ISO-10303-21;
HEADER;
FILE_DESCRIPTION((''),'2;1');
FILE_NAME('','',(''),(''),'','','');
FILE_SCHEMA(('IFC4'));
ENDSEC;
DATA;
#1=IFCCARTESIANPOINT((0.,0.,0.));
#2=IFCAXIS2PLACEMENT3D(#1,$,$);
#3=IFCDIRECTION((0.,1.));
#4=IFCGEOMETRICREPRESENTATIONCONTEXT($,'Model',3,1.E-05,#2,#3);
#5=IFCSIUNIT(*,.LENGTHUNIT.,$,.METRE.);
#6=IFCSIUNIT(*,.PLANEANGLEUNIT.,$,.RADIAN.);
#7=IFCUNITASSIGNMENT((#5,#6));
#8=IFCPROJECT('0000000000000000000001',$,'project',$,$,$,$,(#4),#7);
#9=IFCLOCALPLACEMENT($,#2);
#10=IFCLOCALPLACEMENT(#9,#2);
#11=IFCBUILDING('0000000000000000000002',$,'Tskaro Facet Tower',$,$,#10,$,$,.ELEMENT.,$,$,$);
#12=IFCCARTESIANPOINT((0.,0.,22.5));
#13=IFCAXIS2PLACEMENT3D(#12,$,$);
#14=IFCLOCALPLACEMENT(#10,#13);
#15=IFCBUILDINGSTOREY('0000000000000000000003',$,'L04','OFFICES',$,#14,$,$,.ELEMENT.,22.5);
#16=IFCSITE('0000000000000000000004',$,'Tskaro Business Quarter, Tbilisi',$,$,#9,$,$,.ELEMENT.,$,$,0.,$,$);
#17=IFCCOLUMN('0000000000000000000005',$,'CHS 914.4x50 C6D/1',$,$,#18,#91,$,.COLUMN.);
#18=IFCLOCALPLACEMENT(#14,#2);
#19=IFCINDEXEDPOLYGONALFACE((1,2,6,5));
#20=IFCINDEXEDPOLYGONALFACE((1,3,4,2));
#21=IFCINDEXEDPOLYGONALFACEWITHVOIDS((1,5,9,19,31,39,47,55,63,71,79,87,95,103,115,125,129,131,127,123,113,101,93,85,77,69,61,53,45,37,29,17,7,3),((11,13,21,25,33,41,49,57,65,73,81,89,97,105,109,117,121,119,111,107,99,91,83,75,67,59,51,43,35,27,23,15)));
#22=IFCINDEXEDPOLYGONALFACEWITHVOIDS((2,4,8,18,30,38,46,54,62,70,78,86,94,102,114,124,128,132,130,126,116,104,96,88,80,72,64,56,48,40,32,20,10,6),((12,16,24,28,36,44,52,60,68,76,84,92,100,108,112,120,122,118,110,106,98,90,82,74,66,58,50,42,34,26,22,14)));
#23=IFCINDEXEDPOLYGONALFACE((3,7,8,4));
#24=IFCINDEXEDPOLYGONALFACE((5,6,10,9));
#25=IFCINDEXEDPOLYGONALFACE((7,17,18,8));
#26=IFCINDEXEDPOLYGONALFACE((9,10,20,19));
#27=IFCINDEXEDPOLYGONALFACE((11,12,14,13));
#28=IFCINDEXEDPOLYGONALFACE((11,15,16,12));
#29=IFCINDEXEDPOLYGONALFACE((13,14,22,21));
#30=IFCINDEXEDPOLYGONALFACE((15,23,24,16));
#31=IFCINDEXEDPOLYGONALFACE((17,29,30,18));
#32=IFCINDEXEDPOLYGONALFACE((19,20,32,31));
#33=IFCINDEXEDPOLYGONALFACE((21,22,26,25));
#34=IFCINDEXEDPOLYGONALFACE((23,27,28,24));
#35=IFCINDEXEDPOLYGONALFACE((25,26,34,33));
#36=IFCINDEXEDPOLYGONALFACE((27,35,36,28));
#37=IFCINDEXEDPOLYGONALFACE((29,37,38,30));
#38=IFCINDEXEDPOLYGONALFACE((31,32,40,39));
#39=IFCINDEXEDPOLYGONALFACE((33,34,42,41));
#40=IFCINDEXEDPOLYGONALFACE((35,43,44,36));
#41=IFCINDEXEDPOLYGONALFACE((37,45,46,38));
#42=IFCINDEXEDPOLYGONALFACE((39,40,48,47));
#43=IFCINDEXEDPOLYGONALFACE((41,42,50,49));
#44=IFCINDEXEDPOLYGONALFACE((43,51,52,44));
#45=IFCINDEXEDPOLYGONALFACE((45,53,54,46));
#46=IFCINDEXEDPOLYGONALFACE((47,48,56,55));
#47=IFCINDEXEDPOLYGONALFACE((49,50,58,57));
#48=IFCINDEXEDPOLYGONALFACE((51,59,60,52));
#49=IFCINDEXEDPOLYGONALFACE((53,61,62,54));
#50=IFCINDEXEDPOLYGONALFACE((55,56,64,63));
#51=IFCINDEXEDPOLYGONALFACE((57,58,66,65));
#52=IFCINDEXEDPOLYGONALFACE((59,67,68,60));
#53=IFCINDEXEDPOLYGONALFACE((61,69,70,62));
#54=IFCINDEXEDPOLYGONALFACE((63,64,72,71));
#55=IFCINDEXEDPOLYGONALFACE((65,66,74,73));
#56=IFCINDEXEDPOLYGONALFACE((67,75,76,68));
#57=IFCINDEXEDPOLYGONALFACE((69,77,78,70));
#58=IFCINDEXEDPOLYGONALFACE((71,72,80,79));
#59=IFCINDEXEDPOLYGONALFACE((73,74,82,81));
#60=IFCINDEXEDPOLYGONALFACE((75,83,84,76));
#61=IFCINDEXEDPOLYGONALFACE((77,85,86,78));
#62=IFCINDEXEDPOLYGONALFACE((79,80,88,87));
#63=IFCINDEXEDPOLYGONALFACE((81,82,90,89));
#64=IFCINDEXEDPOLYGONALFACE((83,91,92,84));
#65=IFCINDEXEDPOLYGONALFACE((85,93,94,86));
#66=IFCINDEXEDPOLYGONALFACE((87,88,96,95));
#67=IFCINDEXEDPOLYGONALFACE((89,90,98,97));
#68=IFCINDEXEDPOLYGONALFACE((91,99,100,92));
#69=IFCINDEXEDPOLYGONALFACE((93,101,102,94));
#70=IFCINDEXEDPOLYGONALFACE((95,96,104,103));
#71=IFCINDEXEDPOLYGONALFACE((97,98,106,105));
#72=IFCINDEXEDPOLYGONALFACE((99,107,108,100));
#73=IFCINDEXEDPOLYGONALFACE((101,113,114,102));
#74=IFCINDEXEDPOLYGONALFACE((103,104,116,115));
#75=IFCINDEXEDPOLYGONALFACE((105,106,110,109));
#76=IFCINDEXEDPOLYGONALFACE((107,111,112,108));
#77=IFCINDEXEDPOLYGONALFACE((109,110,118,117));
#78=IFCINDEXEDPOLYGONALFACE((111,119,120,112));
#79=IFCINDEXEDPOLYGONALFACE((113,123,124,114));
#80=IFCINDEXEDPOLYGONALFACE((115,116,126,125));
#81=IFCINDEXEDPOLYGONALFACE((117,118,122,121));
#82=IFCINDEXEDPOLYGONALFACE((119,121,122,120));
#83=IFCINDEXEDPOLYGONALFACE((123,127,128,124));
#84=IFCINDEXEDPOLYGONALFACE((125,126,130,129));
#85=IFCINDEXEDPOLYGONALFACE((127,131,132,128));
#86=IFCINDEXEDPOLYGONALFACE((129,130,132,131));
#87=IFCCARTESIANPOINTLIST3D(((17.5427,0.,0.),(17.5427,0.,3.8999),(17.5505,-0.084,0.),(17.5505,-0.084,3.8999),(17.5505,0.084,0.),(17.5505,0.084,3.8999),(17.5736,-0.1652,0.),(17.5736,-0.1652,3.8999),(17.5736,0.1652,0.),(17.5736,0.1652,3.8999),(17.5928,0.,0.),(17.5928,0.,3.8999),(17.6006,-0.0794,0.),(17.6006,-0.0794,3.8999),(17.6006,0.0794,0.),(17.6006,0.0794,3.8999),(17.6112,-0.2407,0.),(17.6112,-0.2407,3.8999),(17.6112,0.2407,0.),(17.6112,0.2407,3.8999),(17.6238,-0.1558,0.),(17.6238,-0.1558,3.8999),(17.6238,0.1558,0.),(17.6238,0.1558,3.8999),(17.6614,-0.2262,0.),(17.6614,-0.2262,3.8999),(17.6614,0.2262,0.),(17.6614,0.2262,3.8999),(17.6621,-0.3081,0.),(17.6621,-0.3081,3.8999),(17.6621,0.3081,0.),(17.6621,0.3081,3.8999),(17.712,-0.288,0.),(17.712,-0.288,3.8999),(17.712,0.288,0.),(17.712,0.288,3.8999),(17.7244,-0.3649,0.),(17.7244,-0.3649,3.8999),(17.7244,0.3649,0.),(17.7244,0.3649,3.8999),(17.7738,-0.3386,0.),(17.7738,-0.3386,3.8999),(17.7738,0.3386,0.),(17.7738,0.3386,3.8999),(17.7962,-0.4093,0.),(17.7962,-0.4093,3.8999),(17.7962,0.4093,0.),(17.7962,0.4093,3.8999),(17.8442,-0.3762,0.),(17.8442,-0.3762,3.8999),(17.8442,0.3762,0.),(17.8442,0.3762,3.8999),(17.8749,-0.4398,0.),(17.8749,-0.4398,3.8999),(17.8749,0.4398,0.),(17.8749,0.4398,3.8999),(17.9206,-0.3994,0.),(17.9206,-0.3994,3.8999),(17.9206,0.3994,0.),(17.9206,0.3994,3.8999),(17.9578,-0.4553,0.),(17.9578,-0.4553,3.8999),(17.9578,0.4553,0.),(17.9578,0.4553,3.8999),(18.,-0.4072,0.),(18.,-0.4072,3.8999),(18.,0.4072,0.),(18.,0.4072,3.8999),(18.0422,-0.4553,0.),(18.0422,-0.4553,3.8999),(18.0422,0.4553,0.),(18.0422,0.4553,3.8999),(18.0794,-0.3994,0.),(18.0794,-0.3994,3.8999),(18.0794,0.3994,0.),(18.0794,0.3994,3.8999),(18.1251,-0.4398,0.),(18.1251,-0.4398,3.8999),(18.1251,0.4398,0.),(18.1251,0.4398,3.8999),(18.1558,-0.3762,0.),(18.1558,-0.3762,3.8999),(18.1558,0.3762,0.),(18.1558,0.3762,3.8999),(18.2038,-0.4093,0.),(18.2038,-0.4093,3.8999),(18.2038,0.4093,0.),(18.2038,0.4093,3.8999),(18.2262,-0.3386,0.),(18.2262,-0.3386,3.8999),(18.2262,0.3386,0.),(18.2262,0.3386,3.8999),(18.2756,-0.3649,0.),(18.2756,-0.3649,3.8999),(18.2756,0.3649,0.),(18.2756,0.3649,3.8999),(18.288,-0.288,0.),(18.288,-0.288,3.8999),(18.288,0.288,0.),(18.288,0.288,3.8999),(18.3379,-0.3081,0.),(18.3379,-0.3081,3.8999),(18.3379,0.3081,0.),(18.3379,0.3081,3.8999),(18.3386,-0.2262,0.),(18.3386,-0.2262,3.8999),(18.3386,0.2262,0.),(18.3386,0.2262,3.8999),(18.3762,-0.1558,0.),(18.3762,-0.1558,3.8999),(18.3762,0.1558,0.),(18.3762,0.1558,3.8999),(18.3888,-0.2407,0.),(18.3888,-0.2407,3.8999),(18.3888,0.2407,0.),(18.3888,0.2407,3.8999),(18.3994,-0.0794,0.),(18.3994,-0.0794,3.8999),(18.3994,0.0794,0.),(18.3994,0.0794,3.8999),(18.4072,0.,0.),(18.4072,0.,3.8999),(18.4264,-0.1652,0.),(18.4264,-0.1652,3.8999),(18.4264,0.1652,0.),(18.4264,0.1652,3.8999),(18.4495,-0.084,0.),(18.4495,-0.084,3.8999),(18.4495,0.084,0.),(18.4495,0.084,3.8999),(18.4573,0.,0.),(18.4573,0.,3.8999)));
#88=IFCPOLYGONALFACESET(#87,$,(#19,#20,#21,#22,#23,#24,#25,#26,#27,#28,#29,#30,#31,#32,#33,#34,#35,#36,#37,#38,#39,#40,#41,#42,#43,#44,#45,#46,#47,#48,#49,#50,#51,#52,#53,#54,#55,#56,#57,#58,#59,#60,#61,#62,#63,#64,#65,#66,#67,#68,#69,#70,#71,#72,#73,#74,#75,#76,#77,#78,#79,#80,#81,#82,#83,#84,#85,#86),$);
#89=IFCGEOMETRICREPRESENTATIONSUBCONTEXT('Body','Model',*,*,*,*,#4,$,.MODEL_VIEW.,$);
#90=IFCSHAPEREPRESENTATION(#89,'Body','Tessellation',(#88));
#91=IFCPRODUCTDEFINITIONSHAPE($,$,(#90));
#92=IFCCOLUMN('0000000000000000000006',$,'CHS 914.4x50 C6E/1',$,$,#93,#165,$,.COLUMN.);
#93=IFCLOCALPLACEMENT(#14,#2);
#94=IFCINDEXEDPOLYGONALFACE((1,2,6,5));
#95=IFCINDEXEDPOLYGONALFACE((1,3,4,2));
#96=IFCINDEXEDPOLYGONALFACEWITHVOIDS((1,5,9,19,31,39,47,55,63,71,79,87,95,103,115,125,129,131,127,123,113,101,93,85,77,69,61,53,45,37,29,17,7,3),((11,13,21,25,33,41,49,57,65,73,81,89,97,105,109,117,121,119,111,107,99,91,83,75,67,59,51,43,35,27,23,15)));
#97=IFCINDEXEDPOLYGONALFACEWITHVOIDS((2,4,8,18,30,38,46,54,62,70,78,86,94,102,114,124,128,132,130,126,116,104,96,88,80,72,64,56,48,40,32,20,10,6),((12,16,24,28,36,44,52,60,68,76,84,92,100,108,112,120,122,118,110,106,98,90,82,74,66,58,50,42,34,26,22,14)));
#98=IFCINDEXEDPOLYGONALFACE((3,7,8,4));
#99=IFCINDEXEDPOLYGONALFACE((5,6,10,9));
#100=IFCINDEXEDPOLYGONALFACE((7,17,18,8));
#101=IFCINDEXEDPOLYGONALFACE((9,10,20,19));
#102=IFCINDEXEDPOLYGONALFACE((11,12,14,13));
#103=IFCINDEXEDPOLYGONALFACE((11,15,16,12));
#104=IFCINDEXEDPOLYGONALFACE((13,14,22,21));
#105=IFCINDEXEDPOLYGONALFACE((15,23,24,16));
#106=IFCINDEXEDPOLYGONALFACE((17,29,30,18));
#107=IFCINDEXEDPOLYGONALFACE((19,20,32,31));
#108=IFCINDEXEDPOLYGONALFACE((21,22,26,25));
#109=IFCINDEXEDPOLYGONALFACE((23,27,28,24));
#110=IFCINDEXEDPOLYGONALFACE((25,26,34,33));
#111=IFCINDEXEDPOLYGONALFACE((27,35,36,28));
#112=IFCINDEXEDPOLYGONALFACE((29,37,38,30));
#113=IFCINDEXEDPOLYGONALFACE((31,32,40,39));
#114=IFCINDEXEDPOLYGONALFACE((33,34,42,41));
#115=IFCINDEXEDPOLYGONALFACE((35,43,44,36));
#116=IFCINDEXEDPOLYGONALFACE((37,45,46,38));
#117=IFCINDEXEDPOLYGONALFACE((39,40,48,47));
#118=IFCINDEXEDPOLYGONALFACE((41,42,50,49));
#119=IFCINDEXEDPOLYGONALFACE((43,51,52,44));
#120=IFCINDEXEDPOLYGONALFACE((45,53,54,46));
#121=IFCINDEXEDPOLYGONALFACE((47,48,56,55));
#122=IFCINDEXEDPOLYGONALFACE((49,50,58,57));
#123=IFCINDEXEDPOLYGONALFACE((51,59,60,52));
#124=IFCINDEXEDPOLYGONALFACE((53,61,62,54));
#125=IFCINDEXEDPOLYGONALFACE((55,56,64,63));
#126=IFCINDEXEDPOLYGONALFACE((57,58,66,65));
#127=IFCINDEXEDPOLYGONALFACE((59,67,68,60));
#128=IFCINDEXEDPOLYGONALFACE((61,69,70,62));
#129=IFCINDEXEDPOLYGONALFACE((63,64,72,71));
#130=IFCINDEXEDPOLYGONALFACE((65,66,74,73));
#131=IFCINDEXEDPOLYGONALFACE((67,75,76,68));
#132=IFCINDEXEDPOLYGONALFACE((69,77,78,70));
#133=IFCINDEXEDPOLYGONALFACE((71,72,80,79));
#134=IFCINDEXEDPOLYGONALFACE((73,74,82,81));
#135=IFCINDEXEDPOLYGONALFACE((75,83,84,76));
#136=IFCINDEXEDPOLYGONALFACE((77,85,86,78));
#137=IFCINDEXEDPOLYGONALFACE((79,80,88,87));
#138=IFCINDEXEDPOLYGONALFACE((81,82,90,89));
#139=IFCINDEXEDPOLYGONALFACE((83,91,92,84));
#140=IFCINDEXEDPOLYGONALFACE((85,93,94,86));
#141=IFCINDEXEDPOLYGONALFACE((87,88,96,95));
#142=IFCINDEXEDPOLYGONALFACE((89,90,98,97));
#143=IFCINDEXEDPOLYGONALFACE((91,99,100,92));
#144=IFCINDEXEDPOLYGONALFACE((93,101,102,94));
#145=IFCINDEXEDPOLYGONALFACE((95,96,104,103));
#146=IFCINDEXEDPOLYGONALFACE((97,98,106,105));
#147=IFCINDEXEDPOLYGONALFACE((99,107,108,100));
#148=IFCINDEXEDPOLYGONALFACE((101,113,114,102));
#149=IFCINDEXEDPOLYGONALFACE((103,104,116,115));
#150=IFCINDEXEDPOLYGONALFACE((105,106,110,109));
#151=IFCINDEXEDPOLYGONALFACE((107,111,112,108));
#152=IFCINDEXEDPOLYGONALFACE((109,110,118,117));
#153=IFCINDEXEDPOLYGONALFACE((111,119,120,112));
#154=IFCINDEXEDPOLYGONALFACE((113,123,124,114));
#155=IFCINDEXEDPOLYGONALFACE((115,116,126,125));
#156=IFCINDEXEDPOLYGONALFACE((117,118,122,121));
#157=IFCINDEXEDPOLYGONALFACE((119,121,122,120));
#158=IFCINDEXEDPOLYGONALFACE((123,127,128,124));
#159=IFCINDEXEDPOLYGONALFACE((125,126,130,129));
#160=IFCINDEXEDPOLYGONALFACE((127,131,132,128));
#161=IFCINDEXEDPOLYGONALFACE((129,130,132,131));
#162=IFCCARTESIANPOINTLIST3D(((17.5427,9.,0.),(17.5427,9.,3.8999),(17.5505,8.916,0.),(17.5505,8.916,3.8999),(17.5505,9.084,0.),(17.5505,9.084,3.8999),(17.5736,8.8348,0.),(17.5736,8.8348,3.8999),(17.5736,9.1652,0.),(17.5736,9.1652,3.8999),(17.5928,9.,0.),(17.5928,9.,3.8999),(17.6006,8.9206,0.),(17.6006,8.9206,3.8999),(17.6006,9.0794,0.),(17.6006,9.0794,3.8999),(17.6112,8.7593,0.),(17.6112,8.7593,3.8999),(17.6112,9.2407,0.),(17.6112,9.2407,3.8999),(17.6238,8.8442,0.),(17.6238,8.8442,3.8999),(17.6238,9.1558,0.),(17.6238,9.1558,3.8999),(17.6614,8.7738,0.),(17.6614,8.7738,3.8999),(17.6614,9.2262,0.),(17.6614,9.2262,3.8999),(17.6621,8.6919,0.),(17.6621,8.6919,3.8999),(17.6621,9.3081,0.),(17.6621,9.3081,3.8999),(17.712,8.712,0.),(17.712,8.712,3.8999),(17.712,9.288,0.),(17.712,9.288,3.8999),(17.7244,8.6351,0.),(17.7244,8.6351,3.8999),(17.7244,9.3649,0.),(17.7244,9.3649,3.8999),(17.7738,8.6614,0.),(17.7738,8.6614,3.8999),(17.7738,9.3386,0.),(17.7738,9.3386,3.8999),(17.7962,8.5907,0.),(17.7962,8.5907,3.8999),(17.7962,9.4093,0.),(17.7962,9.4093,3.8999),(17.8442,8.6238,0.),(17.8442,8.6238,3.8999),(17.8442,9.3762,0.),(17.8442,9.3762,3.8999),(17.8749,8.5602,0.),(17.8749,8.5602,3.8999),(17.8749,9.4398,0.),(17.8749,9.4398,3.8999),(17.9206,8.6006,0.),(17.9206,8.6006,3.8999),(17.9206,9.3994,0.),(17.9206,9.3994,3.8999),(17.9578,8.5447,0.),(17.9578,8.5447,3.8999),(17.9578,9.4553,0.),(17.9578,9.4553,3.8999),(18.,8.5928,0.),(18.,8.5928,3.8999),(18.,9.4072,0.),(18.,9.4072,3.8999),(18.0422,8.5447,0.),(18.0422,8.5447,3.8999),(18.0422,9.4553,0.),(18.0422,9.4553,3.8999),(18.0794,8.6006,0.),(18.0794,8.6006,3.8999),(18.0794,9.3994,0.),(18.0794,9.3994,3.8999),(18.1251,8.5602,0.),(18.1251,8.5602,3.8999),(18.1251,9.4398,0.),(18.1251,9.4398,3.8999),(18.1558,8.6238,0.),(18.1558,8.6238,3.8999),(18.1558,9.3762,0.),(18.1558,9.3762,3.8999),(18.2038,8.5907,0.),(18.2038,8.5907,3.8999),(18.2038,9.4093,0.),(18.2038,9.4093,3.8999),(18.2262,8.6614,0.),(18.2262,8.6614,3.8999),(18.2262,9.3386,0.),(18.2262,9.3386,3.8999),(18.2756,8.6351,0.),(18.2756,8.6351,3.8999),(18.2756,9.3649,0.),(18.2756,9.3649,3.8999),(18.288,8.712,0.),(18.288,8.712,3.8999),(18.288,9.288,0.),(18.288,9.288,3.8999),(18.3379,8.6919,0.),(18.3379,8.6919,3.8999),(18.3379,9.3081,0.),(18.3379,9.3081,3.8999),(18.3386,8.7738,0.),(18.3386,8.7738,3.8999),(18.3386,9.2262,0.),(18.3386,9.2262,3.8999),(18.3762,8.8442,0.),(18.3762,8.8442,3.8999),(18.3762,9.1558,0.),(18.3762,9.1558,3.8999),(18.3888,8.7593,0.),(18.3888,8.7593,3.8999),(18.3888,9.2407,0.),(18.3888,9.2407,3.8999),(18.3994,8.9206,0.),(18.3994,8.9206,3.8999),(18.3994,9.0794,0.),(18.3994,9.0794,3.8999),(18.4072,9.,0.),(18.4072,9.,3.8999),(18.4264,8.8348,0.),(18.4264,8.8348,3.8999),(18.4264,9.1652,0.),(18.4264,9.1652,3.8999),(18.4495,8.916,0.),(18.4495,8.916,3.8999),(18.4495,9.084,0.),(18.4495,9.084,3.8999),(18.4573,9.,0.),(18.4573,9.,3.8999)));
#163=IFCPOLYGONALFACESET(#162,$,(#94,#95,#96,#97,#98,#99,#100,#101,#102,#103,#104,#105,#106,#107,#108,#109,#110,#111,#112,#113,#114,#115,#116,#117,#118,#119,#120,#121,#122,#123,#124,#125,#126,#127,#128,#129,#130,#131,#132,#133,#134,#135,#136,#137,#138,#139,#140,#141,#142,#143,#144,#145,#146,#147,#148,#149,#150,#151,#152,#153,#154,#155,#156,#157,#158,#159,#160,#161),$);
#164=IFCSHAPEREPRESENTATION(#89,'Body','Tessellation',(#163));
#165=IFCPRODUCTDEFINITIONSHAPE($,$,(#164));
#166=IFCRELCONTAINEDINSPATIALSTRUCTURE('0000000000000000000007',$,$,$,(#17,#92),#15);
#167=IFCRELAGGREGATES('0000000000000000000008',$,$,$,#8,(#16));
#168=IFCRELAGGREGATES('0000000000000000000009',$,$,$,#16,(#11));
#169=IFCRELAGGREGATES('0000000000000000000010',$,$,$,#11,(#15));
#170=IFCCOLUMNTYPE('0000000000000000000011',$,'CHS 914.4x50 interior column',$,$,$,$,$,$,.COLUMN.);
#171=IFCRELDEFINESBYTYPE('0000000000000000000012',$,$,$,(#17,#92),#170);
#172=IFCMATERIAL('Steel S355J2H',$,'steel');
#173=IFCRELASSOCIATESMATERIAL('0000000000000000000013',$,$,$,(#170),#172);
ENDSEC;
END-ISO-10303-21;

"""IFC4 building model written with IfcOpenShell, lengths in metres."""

from ifc_helpers import new_model, si_unit, direction, frame, origin, origin_2d, place, context, subcontext, project, spatial, hollow_circle, extrude, material, material_profile, profile_set, type_object, element, save


model = new_model("IFC4")

# Units and contexts
model_context = context("Model", 3, precision=1e-05, world=origin(), true_north=direction((0.0, 1.0)))
body_context = subcontext(model_context, "Body", "Model", "MODEL_VIEW")
ifc_project = project(units=[si_unit("LENGTHUNIT", "METRE"), si_unit("PLANEANGLEUNIT", "RADIAN")], contexts=[model_context])

# Site, building, storey
site_placement = place(None, origin())
site = spatial("IfcSite", under=ifc_project, at=site_placement, Name="Tskaro Business Quarter, Tbilisi", CompositionType="ELEMENT", RefElevation=0.0)
building_placement = place(site_placement, origin())
building = spatial("IfcBuilding", under=site, at=building_placement, Name="Tskaro Facet Tower", CompositionType="ELEMENT")
storey_placement = place(building_placement, frame((0.0, 0.0, 22.5)))
storey = spatial("IfcBuildingStorey", under=building, at=storey_placement, Name="L04", Description="OFFICES", CompositionType="ELEMENT", Elevation=22.5)

# Columns
ifc_material_1 = material(Name="Steel S355J2H", Category="steel")
ifc_material_profile_1 = material_profile(ifc_material_1, hollow_circle(Radius=0.4573, WallThickness=0.05, at=origin_2d()), Name="CHS 914.4x50")
ifc_profile_set_1 = profile_set([ifc_material_profile_1], Name="Steel S355J2H")
column_type_1 = type_object("IfcColumnType", Name="CHS 914.4x50 interior column", PredefinedType="COLUMN", material=ifc_profile_set_1)
for number, where, z_axis, x_axis, name in (
    (1, (18.0, 0.0, 0.0), (0.0, 0.0, 1.0), (1.0, 0.0, 0.0), "CHS 914.4x50 C6D/1"),
    (2, (18.0, 9.0, 0.0), (0.0, 0.0, 1.0), (1.0, 0.0, 0.0), "CHS 914.4x50 C6E/1"),
):
    element("IfcColumn", number, at=place(storey_placement, frame(where, z_axis=z_axis, x_axis=x_axis)), inside=storey, type_object=column_type_1, Name=name, PredefinedType="COLUMN", context=body_context, shape_type="SweptSolid", body=[
        extrude(hollow_circle(Radius=0.4573, WallThickness=0.05, at=origin_2d()), origin(), (0.0, 0.0, 1.0), 3.8999),
    ])

save(model, "model.ifc")
